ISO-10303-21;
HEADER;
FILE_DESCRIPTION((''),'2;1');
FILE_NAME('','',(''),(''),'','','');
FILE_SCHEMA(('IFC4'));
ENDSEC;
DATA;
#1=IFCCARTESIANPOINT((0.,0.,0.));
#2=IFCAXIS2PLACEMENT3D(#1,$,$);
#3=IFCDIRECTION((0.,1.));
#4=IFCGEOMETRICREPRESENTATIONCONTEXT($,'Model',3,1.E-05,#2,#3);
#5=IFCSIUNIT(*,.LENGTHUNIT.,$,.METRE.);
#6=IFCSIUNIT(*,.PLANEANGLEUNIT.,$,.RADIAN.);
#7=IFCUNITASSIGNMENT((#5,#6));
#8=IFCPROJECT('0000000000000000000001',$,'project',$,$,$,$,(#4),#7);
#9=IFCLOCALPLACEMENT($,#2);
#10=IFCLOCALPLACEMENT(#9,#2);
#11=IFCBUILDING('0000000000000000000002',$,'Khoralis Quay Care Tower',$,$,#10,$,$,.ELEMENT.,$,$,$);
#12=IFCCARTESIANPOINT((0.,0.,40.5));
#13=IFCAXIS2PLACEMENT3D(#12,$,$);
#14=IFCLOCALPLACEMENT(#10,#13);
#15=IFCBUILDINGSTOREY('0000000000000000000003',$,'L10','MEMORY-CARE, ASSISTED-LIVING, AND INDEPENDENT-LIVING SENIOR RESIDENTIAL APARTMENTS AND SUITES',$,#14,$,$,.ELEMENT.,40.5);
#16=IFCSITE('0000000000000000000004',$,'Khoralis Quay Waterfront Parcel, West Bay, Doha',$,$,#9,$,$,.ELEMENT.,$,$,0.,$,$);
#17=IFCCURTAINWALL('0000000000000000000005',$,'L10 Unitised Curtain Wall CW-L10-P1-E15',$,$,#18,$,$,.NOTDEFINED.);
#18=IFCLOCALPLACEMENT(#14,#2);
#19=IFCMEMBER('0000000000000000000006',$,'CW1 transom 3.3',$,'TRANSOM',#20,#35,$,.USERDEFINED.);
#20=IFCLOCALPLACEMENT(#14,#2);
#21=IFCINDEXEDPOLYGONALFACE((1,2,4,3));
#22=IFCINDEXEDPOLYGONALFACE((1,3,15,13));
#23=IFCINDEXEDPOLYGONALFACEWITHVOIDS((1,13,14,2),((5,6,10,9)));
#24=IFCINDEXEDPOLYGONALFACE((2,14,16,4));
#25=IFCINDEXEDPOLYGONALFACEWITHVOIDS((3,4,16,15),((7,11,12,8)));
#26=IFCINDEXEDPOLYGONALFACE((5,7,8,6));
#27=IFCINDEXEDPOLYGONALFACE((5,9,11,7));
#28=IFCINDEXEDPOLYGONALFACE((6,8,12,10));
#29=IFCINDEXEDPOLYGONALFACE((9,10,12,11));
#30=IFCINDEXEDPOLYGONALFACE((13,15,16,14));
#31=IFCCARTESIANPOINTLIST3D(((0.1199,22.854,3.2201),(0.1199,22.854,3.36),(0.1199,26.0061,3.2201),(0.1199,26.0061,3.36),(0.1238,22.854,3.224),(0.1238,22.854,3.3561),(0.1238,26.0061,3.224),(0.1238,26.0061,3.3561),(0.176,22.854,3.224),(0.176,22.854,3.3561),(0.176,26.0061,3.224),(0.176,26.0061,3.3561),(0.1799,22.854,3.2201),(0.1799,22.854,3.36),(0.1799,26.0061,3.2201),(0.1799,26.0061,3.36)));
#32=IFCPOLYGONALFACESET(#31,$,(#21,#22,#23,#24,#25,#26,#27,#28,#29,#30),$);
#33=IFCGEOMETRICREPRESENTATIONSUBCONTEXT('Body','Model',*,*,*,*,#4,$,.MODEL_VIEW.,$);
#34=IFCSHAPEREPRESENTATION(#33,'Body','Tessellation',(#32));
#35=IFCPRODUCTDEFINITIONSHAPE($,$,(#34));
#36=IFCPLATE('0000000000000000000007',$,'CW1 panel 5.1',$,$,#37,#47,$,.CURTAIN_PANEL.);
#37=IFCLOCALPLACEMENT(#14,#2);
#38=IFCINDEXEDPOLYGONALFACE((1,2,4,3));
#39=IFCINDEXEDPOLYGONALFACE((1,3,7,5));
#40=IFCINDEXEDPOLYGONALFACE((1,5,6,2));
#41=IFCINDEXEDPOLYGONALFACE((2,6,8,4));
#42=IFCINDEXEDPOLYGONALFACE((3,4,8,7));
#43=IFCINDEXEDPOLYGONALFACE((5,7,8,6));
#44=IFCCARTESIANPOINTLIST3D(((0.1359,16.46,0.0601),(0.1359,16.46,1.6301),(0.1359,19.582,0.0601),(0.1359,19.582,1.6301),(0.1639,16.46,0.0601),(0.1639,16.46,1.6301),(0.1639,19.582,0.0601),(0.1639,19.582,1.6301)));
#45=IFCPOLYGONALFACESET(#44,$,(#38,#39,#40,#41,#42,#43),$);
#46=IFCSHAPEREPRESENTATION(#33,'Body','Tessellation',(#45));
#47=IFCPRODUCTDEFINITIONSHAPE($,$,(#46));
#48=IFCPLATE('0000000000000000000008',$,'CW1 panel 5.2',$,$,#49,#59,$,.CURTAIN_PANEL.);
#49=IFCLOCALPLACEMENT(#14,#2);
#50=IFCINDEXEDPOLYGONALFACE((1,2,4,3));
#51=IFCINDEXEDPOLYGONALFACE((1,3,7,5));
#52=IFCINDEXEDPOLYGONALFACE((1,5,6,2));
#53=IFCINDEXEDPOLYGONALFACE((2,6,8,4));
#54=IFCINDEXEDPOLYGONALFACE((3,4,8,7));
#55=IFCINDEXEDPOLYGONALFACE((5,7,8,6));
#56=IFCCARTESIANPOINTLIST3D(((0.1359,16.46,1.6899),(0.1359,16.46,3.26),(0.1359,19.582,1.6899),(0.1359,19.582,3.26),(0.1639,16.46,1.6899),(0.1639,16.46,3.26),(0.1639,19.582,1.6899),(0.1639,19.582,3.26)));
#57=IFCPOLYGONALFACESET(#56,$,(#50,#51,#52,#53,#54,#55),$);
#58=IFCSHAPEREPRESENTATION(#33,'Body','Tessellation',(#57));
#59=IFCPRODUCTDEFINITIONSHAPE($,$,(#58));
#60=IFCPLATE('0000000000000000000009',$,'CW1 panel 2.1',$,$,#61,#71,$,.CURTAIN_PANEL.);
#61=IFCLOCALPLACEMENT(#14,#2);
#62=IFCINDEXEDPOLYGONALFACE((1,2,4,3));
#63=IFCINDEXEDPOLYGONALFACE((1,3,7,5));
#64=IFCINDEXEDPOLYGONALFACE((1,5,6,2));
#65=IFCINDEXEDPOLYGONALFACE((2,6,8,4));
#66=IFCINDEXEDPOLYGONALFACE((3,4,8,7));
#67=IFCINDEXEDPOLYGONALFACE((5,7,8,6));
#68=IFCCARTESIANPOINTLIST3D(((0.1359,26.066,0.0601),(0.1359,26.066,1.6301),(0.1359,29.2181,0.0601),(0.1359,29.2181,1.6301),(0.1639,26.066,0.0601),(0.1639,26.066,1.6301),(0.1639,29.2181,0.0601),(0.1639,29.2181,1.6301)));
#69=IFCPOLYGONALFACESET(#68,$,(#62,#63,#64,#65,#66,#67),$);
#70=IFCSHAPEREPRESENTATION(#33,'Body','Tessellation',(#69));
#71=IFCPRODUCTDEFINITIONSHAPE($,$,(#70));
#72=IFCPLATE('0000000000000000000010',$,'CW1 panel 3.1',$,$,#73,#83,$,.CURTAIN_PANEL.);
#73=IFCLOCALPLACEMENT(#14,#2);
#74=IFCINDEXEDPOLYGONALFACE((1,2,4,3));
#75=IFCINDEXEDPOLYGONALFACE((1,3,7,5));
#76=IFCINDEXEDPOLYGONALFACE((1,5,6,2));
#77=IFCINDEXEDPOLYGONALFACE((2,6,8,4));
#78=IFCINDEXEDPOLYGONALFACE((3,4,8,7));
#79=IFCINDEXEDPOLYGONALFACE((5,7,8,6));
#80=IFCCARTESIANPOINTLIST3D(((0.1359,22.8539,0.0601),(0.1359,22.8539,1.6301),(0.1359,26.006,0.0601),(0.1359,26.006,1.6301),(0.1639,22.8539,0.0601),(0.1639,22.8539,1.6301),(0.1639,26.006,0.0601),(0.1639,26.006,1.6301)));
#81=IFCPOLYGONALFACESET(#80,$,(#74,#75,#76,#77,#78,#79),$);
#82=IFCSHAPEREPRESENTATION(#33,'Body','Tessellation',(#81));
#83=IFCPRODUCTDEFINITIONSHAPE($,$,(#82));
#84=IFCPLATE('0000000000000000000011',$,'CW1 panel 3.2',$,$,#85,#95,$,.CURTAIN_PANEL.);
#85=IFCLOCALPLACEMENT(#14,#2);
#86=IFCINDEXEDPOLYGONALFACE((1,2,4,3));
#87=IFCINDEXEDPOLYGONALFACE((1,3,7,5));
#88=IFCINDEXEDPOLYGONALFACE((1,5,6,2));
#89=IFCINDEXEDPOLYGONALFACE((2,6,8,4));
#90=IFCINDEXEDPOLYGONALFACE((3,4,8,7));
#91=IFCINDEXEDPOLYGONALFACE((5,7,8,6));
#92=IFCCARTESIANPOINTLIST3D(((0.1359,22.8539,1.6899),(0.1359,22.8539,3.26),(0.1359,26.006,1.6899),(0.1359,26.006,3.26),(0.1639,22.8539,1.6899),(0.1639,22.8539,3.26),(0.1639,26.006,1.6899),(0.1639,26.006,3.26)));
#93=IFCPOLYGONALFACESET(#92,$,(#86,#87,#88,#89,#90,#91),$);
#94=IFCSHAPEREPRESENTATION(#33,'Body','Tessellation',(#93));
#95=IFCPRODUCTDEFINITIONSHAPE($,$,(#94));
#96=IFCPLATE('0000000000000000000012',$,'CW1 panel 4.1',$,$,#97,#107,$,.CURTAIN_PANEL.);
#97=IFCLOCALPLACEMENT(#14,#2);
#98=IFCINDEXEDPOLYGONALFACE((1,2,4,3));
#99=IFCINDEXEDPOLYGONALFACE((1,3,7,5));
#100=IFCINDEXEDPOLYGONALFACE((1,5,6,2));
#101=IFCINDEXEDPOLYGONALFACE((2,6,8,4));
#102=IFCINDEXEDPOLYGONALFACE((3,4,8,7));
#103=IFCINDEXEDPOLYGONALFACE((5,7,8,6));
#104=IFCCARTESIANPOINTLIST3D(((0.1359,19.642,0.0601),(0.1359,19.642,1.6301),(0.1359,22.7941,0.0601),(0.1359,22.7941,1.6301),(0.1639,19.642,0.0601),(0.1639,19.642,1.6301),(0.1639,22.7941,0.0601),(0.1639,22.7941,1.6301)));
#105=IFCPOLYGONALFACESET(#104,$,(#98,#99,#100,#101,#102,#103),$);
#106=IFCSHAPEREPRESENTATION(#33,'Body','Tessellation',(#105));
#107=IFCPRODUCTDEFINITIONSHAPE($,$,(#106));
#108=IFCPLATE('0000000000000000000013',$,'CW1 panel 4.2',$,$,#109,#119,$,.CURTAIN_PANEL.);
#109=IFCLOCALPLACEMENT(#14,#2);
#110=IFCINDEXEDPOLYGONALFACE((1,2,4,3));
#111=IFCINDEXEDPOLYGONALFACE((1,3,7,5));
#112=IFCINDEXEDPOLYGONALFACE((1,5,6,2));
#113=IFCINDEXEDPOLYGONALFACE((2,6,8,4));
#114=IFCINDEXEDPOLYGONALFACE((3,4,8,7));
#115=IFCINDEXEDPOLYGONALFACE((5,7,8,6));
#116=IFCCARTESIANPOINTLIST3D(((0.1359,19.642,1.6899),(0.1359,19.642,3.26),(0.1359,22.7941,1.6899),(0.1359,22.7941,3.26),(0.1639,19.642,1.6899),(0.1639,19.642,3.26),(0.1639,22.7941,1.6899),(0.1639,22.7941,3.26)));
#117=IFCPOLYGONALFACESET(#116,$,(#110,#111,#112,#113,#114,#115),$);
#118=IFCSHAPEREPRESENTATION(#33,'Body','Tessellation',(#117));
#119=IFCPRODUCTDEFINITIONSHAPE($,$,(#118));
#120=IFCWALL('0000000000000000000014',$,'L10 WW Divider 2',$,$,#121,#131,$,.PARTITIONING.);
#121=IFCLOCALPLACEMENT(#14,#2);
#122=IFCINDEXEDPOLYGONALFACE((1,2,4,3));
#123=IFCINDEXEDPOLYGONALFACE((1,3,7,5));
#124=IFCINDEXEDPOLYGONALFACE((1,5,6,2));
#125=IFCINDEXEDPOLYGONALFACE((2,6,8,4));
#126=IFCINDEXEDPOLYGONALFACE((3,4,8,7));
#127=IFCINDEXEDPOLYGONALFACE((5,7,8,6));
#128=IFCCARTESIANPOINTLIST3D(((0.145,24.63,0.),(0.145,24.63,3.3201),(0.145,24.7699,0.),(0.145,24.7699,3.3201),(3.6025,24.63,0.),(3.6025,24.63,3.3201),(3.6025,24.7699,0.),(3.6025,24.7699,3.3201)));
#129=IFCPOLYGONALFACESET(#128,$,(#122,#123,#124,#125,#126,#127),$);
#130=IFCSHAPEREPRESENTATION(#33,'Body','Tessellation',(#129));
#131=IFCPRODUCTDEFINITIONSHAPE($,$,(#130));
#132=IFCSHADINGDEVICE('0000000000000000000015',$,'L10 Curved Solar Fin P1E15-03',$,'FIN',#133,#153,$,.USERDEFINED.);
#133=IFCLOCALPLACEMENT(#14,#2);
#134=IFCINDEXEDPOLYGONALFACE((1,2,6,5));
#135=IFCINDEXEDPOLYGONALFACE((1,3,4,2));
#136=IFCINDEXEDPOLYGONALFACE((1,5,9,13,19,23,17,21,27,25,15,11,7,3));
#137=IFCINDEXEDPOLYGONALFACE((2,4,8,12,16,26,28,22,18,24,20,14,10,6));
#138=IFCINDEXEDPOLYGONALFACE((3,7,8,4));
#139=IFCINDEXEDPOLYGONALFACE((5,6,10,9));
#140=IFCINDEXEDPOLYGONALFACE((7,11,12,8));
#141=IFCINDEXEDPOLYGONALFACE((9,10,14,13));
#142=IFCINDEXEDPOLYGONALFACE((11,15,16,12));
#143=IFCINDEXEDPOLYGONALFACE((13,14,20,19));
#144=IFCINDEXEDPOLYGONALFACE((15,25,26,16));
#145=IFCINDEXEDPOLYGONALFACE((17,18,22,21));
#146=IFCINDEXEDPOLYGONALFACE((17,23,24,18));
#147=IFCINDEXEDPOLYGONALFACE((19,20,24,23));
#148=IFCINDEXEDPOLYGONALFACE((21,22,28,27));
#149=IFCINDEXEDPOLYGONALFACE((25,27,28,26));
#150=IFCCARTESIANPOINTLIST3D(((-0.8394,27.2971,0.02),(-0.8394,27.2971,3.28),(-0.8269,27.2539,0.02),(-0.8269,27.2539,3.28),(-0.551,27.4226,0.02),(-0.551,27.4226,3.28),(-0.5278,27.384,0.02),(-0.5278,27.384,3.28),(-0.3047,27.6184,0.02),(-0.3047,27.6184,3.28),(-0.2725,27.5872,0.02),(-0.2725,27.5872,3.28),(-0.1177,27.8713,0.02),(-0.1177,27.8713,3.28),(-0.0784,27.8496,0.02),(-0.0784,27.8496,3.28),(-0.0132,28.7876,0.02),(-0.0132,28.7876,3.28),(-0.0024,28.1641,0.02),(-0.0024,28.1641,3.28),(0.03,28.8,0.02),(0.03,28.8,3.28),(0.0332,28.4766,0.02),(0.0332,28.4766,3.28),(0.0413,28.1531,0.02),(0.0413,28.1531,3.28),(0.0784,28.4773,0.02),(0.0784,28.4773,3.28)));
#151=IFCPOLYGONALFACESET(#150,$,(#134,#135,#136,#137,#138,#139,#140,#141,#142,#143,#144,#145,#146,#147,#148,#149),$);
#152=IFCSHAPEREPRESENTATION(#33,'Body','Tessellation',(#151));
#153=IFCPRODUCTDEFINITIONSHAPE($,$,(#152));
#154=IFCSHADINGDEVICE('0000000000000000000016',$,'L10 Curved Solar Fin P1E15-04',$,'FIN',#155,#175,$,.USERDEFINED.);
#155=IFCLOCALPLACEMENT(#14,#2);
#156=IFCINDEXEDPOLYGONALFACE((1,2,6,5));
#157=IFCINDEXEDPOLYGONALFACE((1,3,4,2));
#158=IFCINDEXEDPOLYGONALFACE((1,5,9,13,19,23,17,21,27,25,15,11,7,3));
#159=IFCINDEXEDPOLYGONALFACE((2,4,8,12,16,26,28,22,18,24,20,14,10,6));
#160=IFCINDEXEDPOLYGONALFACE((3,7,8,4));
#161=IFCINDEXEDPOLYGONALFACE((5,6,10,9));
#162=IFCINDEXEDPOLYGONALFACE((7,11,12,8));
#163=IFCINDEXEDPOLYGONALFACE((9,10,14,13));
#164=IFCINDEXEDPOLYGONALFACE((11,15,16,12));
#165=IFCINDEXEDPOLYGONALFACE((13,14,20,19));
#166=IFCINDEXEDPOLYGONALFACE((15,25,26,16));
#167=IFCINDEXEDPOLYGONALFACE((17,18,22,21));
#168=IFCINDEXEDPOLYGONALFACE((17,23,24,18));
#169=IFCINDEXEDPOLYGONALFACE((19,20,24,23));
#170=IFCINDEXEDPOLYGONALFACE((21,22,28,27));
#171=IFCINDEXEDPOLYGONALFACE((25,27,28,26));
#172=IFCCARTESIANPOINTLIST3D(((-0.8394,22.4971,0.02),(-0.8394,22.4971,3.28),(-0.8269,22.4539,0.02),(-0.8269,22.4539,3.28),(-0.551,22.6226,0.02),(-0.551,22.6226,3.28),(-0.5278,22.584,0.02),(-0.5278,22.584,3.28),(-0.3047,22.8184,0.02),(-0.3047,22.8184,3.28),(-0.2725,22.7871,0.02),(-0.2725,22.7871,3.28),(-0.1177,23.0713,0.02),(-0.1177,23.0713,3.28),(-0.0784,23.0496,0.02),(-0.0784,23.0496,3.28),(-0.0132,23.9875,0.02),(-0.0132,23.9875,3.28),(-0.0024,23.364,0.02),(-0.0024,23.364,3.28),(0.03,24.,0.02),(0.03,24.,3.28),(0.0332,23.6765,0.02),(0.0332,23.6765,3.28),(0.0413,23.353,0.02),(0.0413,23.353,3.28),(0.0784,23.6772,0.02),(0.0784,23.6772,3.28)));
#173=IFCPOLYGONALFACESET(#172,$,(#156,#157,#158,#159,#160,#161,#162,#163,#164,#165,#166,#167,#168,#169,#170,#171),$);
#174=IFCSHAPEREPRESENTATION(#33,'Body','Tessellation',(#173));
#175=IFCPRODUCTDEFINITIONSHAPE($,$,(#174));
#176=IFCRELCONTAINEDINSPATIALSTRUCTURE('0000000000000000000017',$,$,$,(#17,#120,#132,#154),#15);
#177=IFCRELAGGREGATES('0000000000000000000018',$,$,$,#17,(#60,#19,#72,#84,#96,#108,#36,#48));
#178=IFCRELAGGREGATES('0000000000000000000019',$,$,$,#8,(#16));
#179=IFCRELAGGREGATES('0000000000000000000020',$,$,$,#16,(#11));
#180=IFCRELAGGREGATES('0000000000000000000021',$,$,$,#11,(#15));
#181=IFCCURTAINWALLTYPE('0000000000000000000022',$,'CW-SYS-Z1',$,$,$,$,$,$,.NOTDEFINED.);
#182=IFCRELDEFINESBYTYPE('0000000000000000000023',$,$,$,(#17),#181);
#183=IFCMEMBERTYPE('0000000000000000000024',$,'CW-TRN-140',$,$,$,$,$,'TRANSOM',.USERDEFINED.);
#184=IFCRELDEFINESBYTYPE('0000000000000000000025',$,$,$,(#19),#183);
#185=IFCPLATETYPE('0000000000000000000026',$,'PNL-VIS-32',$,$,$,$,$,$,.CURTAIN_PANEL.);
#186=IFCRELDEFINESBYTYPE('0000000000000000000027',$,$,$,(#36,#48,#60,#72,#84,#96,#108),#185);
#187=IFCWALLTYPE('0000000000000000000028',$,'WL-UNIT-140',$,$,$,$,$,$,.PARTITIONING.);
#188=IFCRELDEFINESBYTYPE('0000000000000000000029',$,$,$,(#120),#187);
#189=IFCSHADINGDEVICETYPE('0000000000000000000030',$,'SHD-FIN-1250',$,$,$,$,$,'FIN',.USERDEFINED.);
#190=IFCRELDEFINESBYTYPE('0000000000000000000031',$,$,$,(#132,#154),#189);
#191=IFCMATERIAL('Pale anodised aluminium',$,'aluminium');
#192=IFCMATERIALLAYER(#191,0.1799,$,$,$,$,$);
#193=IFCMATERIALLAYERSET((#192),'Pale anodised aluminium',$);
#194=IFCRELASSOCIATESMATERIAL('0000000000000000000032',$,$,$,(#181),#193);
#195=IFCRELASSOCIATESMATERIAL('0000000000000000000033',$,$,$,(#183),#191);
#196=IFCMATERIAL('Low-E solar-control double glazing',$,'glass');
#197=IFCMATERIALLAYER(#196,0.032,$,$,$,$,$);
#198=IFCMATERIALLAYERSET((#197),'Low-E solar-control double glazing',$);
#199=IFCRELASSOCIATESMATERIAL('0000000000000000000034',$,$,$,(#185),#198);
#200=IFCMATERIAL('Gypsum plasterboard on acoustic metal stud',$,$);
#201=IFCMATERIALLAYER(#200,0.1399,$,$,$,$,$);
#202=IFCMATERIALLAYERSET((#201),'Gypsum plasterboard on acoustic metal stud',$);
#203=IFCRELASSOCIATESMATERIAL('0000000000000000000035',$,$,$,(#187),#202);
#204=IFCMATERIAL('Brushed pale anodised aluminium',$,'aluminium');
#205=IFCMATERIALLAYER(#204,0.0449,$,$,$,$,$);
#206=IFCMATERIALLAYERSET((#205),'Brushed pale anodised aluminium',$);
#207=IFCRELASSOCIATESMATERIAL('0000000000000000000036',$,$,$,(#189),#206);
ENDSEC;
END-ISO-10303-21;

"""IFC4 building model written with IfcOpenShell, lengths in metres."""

from ifc_helpers import new_model, si_unit, direction, frame, frame_2d, origin, origin_2d, place, context, subcontext, project, spatial, polyline, rectangle, hollow_rectangle, outline, extrude, source, transform, mapped, material, layer, layer_set, material_profile, profile_set, type_object, element, aggregate, save


model = new_model("IFC4")

# Units and contexts
model_context = context("Model", 3, precision=1e-05, world=origin(), true_north=direction((0.0, 1.0)))
body_context = subcontext(model_context, "Body", "Model", "MODEL_VIEW")
ifc_project = project(units=[si_unit("LENGTHUNIT", "METRE"), si_unit("PLANEANGLEUNIT", "RADIAN")], contexts=[model_context])

# Site, building, storey
site_placement = place(None, origin())
site = spatial("IfcSite", under=ifc_project, at=site_placement, Name="Khoralis Quay Waterfront Parcel, West Bay, Doha", CompositionType="ELEMENT", RefElevation=0.0)
building_placement = place(site_placement, origin())
building = spatial("IfcBuilding", under=site, at=building_placement, Name="Khoralis Quay Care Tower", CompositionType="ELEMENT")
storey_placement = place(building_placement, frame((0.0, 0.0, 40.5)))
storey = spatial("IfcBuildingStorey", under=building, at=storey_placement, Name="L10", Description="MEMORY-CARE, ASSISTED-LIVING, AND INDEPENDENT-LIVING SENIOR RESIDENTIAL APARTMENTS AND SUITES", CompositionType="ELEMENT", Elevation=40.5)

# Curtain wall, member, plates
ifc_material_1 = material(Name="Pale anodised aluminium", Category="aluminium")
ifc_layer_1 = layer(ifc_material_1, 0.1799)
ifc_layer_set_1 = layer_set([ifc_layer_1], Name="Pale anodised aluminium")
curtain_wall_type = type_object("IfcCurtainWallType", Name="CW-SYS-Z1", PredefinedType="NOTDEFINED", material=ifc_layer_set_1)
curtain_wall_placement = place(storey_placement, origin())
curtain_wall = element("IfcCurtainWall", 1, at=curtain_wall_placement, inside=storey, type_object=curtain_wall_type, Name="L10 Unitised Curtain Wall CW-L10-P1-E15", PredefinedType="NOTDEFINED")
ifc_material_profile_1 = material_profile(ifc_material_1, hollow_rectangle(XDim=0.0601, YDim=0.1399, WallThickness=0.0039, at=origin_2d()), Name="Pale anodised aluminium")
ifc_profile_set_1 = profile_set([ifc_material_profile_1], Name="Pale anodised aluminium")
member_type_1 = type_object("IfcMemberType", Name="CW-TRN-140", ElementType="TRANSOM", PredefinedType="USERDEFINED", material=ifc_profile_set_1)
shared_shape_1 = source(origin(), body_context, "Body", "SweptSolid", [
    extrude(hollow_rectangle(XDim=0.0601, YDim=0.1399, WallThickness=0.0039, at=origin_2d()), origin(), (0.0, 0.0, 1.0), 3.1521),
])
member_1_placement = place(storey_placement, frame((0.1499, 26.0061, 3.29), z_axis=(0.0, -1.0, 0.0), x_axis=(1.0, 0.0, 0.0)))
member_1 = element("IfcMember", 2, at=member_1_placement, type_object=member_type_1, Name="CW1 transom 3.3", ObjectType="TRANSOM", PredefinedType="USERDEFINED", context=body_context, shape_type="MappedRepresentation", body=[
    mapped(shared_shape_1, transform((0.0, 0.0, 0.0), scale=1.0)),
])
ifc_material_2 = material(Name="Low-E solar-control double glazing", Category="glass")
ifc_layer_2 = layer(ifc_material_2, 0.032)
ifc_layer_set_2 = layer_set([ifc_layer_2], Name="Low-E solar-control double glazing")
plate_type = type_object("IfcPlateType", Name="PNL-VIS-32", PredefinedType="CURTAIN_PANEL", material=ifc_layer_set_2)
shared_shape_2 = source(origin(), body_context, "Body", "SweptSolid", [
    extrude(rectangle(XDim=3.1221, YDim=0.0281, at=origin_2d()), origin(), (0.0, 0.0, 1.0), 1.5701),
])
plate_1_placement = place(storey_placement, frame((0.1499, 18.021, 0.0601), z_axis=(0.0, 0.0, 1.0), x_axis=(0.0, -1.0, 0.0)))
plate_1 = element("IfcPlate", 3, at=plate_1_placement, type_object=plate_type, Name="CW1 panel 5.1", PredefinedType="CURTAIN_PANEL", context=body_context, shape_type="MappedRepresentation", body=[
    mapped(shared_shape_2, transform((0.0, 0.0, 0.0), scale=1.0)),
])
plate_2_placement = place(storey_placement, frame((0.1499, 18.021, 1.6899), z_axis=(0.0, 0.0, 1.0), x_axis=(0.0, -1.0, 0.0)))
plate_2 = element("IfcPlate", 4, at=plate_2_placement, type_object=plate_type, Name="CW1 panel 5.2", PredefinedType="CURTAIN_PANEL", context=body_context, shape_type="MappedRepresentation", body=[
    mapped(shared_shape_2, transform((0.0, 0.0, 0.0), scale=1.0)),
])
shared_shape_3 = source(origin(), body_context, "Body", "SweptSolid", [
    extrude(rectangle(XDim=3.1521, YDim=0.0281, at=origin_2d()), origin(), (0.0, 0.0, 1.0), 1.5701),
])
plate_3_placement = place(storey_placement, frame((0.1499, 27.6421, 0.0601), z_axis=(0.0, 0.0, 1.0), x_axis=(0.0, -1.0, 0.0)))
plate_3 = element("IfcPlate", 5, at=plate_3_placement, type_object=plate_type, Name="CW1 panel 2.1", PredefinedType="CURTAIN_PANEL", context=body_context, shape_type="MappedRepresentation", body=[
    mapped(shared_shape_3, transform((0.0, 0.0, 0.0), scale=1.0)),
])
plate_4_placement = place(storey_placement, frame((0.1499, 24.4299, 0.0601), z_axis=(0.0, 0.0, 1.0), x_axis=(0.0, -1.0, 0.0)))
plate_4 = element("IfcPlate", 6, at=plate_4_placement, type_object=plate_type, Name="CW1 panel 3.1", PredefinedType="CURTAIN_PANEL", context=body_context, shape_type="MappedRepresentation", body=[
    mapped(shared_shape_3, transform((0.0, 0.0, 0.0), scale=1.0)),
])
plate_5_placement = place(storey_placement, frame((0.1499, 24.4299, 1.6899), z_axis=(0.0, 0.0, 1.0), x_axis=(0.0, -1.0, 0.0)))
plate_5 = element("IfcPlate", 7, at=plate_5_placement, type_object=plate_type, Name="CW1 panel 3.2", PredefinedType="CURTAIN_PANEL", context=body_context, shape_type="MappedRepresentation", body=[
    mapped(shared_shape_3, transform((0.0, 0.0, 0.0), scale=1.0)),
])
plate_6_placement = place(storey_placement, frame((0.1499, 21.218, 0.0601), z_axis=(0.0, 0.0, 1.0), x_axis=(0.0, -1.0, 0.0)))
plate_6 = element("IfcPlate", 8, at=plate_6_placement, type_object=plate_type, Name="CW1 panel 4.1", PredefinedType="CURTAIN_PANEL", context=body_context, shape_type="MappedRepresentation", body=[
    mapped(shared_shape_3, transform((0.0, 0.0, 0.0), scale=1.0)),
])
plate_7_placement = place(storey_placement, frame((0.1499, 21.218, 1.6899), z_axis=(0.0, 0.0, 1.0), x_axis=(0.0, -1.0, 0.0)))
plate_7 = element("IfcPlate", 9, at=plate_7_placement, type_object=plate_type, Name="CW1 panel 4.2", PredefinedType="CURTAIN_PANEL", context=body_context, shape_type="MappedRepresentation", body=[
    mapped(shared_shape_3, transform((0.0, 0.0, 0.0), scale=1.0)),
])
aggregate(curtain_wall, [plate_3, member_1, plate_4, plate_5, plate_6, plate_7, plate_1, plate_2])

# Wall
ifc_material_3 = material(Name="Gypsum plasterboard on acoustic metal stud")
ifc_layer_3 = layer(ifc_material_3, 0.1399)
ifc_layer_set_3 = layer_set([ifc_layer_3], Name="Gypsum plasterboard on acoustic metal stud")
wall_type = type_object("IfcWallType", Name="WL-UNIT-140", PredefinedType="PARTITIONING", material=ifc_layer_set_3)
wall_placement = place(storey_placement, frame((0.145, 24.7, 0.0), z_axis=(0.0, 0.0, 1.0), x_axis=(1.0, 0.0, 0.0)))
element("IfcWall", 10, at=wall_placement, inside=storey, type_object=wall_type, Name="L10 WW Divider 2", PredefinedType="PARTITIONING", context=body_context, shape_type="SweptSolid", body=[
    extrude(rectangle(XDim=3.4575, YDim=0.1399, at=frame_2d((1.7288, 0.0))), origin(), (0.0, 0.0, 1.0), 3.3201),
])

# Shading devices
ifc_material_4 = material(Name="Brushed pale anodised aluminium", Category="aluminium")
ifc_layer_4 = layer(ifc_material_4, 0.0449)
ifc_layer_set_4 = layer_set([ifc_layer_4], Name="Brushed pale anodised aluminium")
shading_device_type = type_object("IfcShadingDeviceType", Name="SHD-FIN-1250", ElementType="FIN", PredefinedType="USERDEFINED", material=ifc_layer_set_4)
shared_shape_4 = source(origin(), body_context, "Body", "SweptSolid", [
    extrude(outline(polyline([(0.0, 0.0), (-0.0483, 0.3228), (-0.0112, 0.647), (0.1084, 0.9504), (0.3025, 1.2129), (0.5579, 1.416), (0.8569, 1.5461), (0.8694, 1.5029), (0.5811, 1.3774), (0.3347, 1.1816), (0.1477, 0.9287), (0.0325, 0.636), (-0.0032, 0.3235), (0.0432, 0.0125), (0.0, 0.0)])), origin(), (0.0, 0.0, 1.0), 3.26),
])
for number, where, z_axis, x_axis, name in (
    (11, (0.03, 28.8, 0.02), (0.0, 0.0, 1.0), (-1.0, 0.0, 0.0), "L10 Curved Solar Fin P1E15-03"),
    (12, (0.03, 24.0, 0.02), (0.0, 0.0, 1.0), (-1.0, 0.0, 0.0), "L10 Curved Solar Fin P1E15-04"),
):
    element("IfcShadingDevice", number, at=place(storey_placement, frame(where, z_axis=z_axis, x_axis=x_axis)), inside=storey, type_object=shading_device_type, Name=name, ObjectType="FIN", PredefinedType="USERDEFINED", context=body_context, shape_type="MappedRepresentation", body=[
        mapped(shared_shape_4, transform((0.0, 0.0, 0.0), scale=1.0)),
    ])

save(model, "model.ifc")
